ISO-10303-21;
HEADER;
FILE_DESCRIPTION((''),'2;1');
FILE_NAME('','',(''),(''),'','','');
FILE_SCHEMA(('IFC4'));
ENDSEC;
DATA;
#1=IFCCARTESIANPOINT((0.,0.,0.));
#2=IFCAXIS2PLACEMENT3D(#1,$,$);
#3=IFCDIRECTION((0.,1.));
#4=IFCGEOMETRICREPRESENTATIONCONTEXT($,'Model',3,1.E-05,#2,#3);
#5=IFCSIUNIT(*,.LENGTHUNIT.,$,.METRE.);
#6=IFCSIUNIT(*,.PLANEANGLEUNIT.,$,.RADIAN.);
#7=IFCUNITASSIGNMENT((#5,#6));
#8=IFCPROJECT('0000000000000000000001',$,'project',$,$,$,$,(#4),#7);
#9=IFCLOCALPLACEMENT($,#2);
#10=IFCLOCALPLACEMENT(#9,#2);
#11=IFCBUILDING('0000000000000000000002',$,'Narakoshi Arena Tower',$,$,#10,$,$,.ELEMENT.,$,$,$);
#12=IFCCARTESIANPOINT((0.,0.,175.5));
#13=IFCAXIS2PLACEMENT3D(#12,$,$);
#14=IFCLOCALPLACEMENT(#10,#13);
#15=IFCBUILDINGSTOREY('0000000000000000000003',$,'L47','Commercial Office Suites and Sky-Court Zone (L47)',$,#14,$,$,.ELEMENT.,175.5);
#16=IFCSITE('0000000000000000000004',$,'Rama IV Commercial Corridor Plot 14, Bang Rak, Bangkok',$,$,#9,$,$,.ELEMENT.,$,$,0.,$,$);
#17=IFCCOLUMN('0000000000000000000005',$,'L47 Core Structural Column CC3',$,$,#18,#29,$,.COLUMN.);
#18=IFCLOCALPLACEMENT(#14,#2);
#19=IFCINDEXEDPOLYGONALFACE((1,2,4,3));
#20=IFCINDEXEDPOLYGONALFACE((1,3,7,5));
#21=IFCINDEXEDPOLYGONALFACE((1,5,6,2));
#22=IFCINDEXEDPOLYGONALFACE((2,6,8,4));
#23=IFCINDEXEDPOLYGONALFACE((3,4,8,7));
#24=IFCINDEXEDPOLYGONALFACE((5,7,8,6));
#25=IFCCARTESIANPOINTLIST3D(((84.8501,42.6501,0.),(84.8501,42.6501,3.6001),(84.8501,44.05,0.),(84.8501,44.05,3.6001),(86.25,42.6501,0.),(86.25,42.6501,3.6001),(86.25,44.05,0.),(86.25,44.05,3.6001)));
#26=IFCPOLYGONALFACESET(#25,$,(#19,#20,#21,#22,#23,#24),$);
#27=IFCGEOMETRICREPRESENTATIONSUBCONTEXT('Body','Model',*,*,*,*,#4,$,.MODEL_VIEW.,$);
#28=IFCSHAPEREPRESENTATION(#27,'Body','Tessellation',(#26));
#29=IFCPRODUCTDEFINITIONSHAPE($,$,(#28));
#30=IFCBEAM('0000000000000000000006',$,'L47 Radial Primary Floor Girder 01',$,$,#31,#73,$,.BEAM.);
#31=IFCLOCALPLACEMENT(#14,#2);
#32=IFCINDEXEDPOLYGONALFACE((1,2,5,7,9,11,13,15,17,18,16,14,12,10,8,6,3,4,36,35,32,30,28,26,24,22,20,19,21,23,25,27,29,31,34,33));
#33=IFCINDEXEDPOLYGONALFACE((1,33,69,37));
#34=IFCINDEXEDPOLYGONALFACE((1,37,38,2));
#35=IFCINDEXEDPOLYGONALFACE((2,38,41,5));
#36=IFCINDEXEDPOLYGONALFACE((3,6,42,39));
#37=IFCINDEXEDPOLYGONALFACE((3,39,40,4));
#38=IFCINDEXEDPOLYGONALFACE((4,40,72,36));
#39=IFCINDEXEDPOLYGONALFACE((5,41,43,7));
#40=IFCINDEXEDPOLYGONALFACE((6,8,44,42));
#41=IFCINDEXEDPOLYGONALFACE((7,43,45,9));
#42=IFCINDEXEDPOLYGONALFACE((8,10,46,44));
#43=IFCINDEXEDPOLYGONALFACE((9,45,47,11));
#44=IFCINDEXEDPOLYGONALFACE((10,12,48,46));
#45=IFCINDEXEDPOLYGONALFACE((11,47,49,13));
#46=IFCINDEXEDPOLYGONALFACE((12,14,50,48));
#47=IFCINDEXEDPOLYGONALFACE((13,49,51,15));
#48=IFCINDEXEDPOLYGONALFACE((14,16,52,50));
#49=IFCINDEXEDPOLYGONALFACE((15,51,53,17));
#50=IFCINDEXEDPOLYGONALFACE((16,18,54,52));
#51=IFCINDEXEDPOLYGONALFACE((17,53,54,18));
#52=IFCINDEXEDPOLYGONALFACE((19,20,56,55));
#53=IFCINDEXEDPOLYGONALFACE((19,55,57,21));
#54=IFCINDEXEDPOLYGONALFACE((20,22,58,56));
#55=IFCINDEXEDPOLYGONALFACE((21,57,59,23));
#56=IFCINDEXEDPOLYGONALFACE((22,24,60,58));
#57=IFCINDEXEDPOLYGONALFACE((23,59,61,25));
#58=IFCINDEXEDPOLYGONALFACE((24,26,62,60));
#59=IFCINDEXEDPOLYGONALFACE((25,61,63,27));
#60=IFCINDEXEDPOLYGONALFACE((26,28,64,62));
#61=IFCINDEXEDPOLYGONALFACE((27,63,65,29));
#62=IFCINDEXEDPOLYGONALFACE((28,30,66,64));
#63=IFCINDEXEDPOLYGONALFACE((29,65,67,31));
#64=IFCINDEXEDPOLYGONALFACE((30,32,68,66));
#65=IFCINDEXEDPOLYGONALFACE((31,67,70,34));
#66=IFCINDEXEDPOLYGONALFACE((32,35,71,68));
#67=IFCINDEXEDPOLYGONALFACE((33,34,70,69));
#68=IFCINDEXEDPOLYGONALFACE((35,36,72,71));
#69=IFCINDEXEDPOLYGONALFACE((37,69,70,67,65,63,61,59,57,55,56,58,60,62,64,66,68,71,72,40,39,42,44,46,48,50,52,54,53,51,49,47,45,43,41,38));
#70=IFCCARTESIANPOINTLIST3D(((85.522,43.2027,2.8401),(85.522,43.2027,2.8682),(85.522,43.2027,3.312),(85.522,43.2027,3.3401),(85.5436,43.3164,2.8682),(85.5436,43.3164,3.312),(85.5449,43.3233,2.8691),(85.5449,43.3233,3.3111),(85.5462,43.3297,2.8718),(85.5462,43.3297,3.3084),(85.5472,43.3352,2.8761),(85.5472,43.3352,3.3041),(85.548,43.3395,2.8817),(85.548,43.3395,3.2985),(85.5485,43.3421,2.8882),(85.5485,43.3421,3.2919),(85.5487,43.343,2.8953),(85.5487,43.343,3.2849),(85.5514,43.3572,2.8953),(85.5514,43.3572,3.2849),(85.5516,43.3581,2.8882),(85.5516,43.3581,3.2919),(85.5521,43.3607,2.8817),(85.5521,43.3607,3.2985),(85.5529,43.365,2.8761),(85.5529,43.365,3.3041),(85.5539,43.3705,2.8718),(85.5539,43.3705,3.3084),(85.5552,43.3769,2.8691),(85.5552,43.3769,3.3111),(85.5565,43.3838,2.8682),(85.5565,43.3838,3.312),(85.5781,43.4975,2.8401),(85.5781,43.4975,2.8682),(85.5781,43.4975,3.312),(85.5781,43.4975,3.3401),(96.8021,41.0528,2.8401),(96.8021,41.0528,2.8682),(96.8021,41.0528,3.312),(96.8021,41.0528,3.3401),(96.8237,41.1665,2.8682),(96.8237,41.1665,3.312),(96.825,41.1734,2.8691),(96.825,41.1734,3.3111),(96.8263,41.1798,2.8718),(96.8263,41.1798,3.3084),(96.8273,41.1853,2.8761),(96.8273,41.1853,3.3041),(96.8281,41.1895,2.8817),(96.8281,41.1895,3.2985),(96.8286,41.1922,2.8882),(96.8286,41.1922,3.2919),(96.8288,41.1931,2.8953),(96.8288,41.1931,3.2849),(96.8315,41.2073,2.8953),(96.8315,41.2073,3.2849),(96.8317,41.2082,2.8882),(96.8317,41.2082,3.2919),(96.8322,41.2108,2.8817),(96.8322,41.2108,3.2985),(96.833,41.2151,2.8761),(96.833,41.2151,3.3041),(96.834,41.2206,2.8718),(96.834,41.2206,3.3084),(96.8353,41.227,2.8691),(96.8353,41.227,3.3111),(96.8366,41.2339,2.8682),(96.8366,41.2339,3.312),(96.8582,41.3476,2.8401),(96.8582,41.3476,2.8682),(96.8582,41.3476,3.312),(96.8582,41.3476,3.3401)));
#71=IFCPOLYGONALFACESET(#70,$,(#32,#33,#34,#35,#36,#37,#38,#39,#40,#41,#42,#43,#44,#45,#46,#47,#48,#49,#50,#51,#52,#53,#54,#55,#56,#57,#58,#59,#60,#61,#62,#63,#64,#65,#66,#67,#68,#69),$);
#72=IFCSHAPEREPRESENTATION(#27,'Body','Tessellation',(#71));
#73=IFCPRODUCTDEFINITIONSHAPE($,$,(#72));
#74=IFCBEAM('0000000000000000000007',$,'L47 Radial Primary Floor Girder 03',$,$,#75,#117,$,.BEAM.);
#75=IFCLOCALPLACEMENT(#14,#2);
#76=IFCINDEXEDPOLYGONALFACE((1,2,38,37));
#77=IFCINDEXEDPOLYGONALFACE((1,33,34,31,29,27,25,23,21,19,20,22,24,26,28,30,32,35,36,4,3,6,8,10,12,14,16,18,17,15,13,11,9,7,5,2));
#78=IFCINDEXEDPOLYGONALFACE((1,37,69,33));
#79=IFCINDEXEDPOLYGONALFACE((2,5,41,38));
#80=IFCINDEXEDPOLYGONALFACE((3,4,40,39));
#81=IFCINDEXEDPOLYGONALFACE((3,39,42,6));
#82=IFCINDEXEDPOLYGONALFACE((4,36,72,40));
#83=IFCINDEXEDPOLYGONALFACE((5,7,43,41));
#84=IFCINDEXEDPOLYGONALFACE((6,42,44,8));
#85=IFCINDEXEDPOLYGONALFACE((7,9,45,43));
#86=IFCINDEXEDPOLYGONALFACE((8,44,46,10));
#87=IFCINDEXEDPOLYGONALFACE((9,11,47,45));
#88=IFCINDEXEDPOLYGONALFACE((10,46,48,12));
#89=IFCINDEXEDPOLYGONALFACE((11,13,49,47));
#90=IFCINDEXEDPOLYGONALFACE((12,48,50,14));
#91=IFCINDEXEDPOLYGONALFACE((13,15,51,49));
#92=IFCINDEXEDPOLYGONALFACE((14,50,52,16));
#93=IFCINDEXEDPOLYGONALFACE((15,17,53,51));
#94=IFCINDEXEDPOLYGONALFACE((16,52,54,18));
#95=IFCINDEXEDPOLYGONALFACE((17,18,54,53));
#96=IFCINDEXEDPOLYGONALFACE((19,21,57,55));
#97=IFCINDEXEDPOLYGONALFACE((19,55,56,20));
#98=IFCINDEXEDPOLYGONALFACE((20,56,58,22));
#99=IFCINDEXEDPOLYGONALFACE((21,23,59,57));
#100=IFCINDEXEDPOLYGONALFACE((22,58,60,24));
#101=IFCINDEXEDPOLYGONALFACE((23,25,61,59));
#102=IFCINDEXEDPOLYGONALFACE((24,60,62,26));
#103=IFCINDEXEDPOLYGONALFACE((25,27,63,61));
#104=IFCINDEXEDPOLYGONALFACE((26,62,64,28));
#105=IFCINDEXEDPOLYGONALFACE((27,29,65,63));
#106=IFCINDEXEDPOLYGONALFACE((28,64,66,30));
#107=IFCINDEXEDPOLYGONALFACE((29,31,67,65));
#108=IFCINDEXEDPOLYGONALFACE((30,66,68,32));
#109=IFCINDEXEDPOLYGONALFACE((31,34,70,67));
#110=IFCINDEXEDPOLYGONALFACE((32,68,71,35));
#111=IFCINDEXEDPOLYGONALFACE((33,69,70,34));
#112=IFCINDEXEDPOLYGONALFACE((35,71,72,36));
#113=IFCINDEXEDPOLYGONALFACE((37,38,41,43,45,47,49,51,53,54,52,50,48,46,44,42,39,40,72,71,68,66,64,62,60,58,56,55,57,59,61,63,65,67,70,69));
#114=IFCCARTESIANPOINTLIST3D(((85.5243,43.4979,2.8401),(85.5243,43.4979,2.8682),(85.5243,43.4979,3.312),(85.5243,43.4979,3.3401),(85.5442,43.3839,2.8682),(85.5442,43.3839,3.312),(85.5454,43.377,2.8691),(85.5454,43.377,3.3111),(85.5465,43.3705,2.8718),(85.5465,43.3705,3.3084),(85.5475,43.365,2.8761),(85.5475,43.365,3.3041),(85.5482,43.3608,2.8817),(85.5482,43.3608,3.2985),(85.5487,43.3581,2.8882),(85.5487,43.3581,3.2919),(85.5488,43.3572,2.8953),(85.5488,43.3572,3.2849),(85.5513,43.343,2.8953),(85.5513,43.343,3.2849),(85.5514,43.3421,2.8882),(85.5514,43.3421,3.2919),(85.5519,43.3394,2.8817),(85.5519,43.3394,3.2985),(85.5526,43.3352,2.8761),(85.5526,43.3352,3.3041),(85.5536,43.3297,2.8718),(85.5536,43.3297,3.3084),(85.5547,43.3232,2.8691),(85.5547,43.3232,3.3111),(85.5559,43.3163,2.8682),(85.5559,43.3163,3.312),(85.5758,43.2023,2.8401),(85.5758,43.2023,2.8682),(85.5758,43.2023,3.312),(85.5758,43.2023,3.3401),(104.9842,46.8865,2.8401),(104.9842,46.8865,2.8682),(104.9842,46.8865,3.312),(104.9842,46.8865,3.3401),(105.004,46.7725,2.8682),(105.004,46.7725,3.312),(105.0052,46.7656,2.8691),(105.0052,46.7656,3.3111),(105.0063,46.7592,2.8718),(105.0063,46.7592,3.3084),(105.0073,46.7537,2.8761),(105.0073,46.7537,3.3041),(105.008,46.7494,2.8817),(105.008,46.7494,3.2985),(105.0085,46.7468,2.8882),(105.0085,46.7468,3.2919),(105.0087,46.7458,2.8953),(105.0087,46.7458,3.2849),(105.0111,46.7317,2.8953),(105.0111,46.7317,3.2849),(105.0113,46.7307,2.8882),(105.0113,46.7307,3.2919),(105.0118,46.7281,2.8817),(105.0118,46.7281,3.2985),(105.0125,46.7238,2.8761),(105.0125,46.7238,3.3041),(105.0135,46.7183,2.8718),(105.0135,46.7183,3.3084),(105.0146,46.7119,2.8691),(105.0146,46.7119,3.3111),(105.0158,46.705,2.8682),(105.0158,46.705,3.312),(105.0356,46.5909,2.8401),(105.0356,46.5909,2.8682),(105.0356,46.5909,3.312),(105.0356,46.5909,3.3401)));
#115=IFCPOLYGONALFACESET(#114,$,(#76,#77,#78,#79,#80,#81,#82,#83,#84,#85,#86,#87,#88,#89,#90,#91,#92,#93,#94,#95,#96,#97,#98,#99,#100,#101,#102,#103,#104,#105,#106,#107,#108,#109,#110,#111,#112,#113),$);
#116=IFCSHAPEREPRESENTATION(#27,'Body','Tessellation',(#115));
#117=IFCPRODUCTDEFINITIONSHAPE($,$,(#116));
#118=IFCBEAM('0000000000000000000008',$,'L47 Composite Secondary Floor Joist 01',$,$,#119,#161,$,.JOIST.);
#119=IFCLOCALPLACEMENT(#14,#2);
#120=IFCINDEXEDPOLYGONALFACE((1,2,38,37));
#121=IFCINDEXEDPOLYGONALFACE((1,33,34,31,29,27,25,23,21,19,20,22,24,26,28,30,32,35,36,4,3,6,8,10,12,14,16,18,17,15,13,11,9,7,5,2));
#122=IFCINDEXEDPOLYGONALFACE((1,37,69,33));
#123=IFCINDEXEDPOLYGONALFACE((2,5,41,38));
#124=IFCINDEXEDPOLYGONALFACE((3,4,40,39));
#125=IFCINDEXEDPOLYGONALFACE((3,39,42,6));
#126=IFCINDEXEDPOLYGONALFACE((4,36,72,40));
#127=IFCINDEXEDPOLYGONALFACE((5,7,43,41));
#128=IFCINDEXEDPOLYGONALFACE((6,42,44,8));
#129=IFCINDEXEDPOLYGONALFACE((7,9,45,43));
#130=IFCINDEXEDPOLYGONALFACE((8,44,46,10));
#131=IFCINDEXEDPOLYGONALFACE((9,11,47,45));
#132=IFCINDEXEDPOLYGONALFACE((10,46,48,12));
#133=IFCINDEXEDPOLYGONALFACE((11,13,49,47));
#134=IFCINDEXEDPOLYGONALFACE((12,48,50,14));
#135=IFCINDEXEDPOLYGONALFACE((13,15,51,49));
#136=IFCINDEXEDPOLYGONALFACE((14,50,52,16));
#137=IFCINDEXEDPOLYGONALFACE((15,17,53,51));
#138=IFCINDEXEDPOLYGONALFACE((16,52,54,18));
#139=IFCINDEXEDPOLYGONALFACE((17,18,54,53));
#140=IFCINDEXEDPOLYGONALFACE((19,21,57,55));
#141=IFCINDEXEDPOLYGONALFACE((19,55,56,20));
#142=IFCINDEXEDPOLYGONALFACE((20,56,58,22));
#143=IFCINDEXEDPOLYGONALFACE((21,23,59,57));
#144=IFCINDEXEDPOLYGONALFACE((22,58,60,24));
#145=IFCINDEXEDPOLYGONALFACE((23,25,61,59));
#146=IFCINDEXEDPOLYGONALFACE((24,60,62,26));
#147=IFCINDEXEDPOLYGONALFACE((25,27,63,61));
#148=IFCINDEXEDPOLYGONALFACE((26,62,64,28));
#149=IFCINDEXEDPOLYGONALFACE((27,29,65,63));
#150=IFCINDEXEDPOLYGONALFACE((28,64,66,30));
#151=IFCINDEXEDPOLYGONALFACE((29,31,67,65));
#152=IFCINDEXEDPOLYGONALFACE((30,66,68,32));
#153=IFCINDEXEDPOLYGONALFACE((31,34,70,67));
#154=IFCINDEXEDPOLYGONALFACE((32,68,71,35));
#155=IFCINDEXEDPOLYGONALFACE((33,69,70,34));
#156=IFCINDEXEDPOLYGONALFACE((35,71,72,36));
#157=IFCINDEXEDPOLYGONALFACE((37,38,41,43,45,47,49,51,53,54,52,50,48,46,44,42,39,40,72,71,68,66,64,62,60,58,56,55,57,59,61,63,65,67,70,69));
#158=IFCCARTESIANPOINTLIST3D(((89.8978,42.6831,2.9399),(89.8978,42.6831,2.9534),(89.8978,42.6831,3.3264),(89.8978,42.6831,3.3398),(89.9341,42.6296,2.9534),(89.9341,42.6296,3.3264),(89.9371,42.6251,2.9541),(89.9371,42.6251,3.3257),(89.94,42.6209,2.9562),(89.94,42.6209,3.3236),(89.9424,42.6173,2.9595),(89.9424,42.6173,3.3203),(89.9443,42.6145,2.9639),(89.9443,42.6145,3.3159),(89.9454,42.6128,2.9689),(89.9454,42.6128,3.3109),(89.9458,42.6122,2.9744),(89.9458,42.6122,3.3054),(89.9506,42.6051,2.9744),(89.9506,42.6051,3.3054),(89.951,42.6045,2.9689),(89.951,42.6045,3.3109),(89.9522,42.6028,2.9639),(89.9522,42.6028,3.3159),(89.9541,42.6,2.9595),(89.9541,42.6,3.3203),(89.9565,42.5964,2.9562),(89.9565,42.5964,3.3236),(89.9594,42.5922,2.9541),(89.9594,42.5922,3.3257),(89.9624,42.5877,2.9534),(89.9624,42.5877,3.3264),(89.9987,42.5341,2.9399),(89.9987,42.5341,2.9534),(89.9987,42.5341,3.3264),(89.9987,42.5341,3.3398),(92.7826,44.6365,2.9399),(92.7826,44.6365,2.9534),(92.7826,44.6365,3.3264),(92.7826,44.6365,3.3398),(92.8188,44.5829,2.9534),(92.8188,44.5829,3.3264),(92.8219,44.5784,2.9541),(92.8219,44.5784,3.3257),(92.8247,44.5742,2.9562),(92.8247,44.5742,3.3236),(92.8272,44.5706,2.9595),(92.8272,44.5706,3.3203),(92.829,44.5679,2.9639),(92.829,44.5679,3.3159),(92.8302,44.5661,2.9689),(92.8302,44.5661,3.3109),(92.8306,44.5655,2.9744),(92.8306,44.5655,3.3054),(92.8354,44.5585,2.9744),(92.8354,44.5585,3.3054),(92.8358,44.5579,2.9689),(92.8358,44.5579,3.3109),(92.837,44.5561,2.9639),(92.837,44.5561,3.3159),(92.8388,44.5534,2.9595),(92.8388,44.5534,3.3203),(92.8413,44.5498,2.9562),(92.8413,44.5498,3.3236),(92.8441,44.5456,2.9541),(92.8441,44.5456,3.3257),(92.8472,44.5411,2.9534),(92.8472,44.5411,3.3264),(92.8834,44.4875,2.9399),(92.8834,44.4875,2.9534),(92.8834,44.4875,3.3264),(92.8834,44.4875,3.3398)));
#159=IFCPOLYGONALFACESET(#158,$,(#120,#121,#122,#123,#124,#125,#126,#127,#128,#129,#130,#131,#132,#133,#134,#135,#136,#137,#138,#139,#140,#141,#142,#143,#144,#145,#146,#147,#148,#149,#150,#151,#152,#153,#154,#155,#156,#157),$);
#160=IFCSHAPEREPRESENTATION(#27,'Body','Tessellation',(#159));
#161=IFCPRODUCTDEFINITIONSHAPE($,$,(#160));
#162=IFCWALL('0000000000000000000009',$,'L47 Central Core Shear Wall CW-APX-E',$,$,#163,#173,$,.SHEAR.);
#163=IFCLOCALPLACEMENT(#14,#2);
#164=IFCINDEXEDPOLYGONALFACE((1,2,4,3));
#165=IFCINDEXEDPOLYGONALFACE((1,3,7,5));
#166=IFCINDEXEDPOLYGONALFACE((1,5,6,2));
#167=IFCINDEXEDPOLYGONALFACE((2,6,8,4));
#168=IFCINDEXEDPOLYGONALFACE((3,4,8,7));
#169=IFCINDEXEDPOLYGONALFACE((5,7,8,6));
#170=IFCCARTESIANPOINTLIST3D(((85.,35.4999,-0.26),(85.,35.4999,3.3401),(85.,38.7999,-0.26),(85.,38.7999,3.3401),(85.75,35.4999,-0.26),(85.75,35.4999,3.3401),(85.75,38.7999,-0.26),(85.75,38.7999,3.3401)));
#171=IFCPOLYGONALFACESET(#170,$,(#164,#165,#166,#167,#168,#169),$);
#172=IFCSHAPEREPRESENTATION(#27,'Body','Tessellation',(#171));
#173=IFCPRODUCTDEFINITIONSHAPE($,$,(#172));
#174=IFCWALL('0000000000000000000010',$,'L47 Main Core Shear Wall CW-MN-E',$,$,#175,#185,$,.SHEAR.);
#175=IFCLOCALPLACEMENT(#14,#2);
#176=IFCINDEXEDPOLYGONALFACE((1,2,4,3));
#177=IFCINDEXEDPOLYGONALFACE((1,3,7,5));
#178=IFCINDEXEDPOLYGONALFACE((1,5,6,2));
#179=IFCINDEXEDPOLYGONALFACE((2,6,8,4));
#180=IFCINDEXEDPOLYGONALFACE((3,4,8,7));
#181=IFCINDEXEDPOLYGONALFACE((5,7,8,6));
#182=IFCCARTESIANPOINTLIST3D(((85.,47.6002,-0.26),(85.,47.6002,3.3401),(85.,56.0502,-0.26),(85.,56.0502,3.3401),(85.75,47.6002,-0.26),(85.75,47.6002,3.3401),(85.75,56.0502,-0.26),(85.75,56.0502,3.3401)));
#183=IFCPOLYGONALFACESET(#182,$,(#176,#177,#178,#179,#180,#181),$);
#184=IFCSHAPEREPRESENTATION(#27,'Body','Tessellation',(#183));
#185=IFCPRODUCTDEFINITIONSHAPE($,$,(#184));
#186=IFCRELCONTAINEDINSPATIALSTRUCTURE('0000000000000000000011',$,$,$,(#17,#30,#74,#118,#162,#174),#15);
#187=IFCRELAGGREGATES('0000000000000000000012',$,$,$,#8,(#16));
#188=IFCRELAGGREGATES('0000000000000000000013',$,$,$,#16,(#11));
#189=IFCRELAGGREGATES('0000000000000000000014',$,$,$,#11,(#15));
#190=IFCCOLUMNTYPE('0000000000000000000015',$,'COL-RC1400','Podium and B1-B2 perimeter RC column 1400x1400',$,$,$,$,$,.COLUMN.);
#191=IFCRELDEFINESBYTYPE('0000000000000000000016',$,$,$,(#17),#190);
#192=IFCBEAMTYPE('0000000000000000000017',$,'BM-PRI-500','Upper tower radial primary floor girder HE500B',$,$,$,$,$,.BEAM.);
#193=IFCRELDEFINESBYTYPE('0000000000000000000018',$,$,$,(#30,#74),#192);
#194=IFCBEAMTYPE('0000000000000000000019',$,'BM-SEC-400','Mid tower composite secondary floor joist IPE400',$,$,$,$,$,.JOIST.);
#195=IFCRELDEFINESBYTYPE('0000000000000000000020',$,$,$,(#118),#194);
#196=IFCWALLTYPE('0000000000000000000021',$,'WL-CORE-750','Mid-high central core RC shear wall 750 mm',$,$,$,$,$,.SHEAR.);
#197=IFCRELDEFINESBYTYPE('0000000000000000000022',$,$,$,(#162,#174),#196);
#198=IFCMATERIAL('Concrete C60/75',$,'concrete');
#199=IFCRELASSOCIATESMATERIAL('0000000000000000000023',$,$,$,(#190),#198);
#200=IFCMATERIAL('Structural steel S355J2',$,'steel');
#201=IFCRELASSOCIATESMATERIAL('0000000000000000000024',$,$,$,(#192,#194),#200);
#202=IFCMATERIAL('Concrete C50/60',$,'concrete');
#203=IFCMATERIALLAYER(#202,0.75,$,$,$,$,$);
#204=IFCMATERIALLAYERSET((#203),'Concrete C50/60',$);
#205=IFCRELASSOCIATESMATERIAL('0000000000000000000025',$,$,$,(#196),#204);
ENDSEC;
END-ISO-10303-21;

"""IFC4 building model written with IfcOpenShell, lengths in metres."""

from ifc_helpers import new_model, si_unit, direction, frame, frame_2d, origin, origin_2d, place, context, subcontext, project, spatial, rectangle, i_section, extrude, material, layer, layer_set, material_profile, profile_set, type_object, element, save


model = new_model("IFC4")

# Units and contexts
model_context = context("Model", 3, precision=1e-05, world=origin(), true_north=direction((0.0, 1.0)))
body_context = subcontext(model_context, "Body", "Model", "MODEL_VIEW")
ifc_project = project(units=[si_unit("LENGTHUNIT", "METRE"), si_unit("PLANEANGLEUNIT", "RADIAN")], contexts=[model_context])

# Site, building, storey
site_placement = place(None, origin())
site = spatial("IfcSite", under=ifc_project, at=site_placement, Name="Rama IV Commercial Corridor Plot 14, Bang Rak, Bangkok", CompositionType="ELEMENT", RefElevation=0.0)
building_placement = place(site_placement, origin())
building = spatial("IfcBuilding", under=site, at=building_placement, Name="Narakoshi Arena Tower", CompositionType="ELEMENT")
storey_placement = place(building_placement, frame((0.0, 0.0, 175.5)))
storey = spatial("IfcBuildingStorey", under=building, at=storey_placement, Name="L47", Description="Commercial Office Suites and Sky-Court Zone (L47)", CompositionType="ELEMENT", Elevation=175.5)

# Column
ifc_material_1 = material(Name="Concrete C60/75", Category="concrete")
ifc_material_profile_1 = material_profile(ifc_material_1, rectangle(XDim=1.3999, YDim=1.3999, at=origin_2d()), Name="RC1400x1400")
ifc_profile_set_1 = profile_set([ifc_material_profile_1], Name="Concrete C60/75")
column_type = type_object("IfcColumnType", Name="COL-RC1400", Description="Podium and B1-B2 perimeter RC column 1400x1400", PredefinedType="COLUMN", material=ifc_profile_set_1)
column_placement = place(storey_placement, frame((85.55, 43.3501, 0.0), z_axis=(0.0, 0.0, 1.0), x_axis=(1.0, 0.0, 0.0)))
element("IfcColumn", 1, at=column_placement, inside=storey, type_object=column_type, Name="L47 Core Structural Column CC3", PredefinedType="COLUMN", context=body_context, shape_type="SweptSolid", body=[
    extrude(rectangle(XDim=1.3999, YDim=1.3999, at=origin_2d()), origin(), (0.0, 0.0, 1.0), 3.6001),
])

# Beams
ifc_material_2 = material(Name="Structural steel S355J2", Category="steel")
ifc_material_profile_2 = material_profile(ifc_material_2, i_section(OverallWidth=0.3, OverallDepth=0.5, WebThickness=0.0144, FlangeThickness=0.0281, FilletRadius=0.0271, at=origin_2d()), Name="HE500B")
ifc_profile_set_2 = profile_set([ifc_material_profile_2], Name="Structural steel S355J2")
beam_type_1 = type_object("IfcBeamType", Name="BM-PRI-500", Description="Upper tower radial primary floor girder HE500B", PredefinedType="BEAM", material=ifc_profile_set_2)
beam_1_placement = place(storey_placement, frame((85.55, 43.3501, 3.0901), z_axis=(0.982317, -0.187223, 0.0), x_axis=(0.187223, 0.982317, 0.0)))
element("IfcBeam", 2, at=beam_1_placement, inside=storey, type_object=beam_type_1, Name="L47 Radial Primary Floor Girder 01", PredefinedType="BEAM", context=body_context, shape_type="SweptSolid", body=[
    extrude(i_section(OverallWidth=0.3, OverallDepth=0.5, WebThickness=0.0144, FlangeThickness=0.0281, FilletRadius=0.0271, at=origin_2d()), origin(), (0.0, 0.0, 1.0), 11.4832),
])
beam_2_placement = place(storey_placement, frame((85.55, 43.3501, 3.0901), z_axis=(0.985175, 0.171554, 0.0), x_axis=(-0.171554, 0.985175, 0.0)))
element("IfcBeam", 3, at=beam_2_placement, inside=storey, type_object=beam_type_1, Name="L47 Radial Primary Floor Girder 03", PredefinedType="BEAM", context=body_context, shape_type="SweptSolid", body=[
    extrude(i_section(OverallWidth=0.3, OverallDepth=0.5, WebThickness=0.0144, FlangeThickness=0.0281, FilletRadius=0.0271, at=origin_2d()), origin(), (0.0, 0.0, 1.0), 19.7527),
])
ifc_material_profile_3 = material_profile(ifc_material_2, i_section(OverallWidth=0.1799, OverallDepth=0.3999, WebThickness=0.0085, FlangeThickness=0.0134, FilletRadius=0.021, at=origin_2d()), Name="IPE400")
ifc_profile_set_3 = profile_set([ifc_material_profile_3], Name="Structural steel S355J2")
beam_type_2 = type_object("IfcBeamType", Name="BM-SEC-400", Description="Mid tower composite secondary floor joist IPE400", PredefinedType="JOIST", material=ifc_profile_set_3)
beam_3_placement = place(storey_placement, frame((89.9482, 42.6086, 3.1399), z_axis=(0.828029, 0.560685, 0.0), x_axis=(-0.560685, 0.828029, 0.0)))
element("IfcBeam", 4, at=beam_3_placement, inside=storey, type_object=beam_type_2, Name="L47 Composite Secondary Floor Joist 01", PredefinedType="JOIST", context=body_context, shape_type="SweptSolid", body=[
    extrude(i_section(OverallWidth=0.1799, OverallDepth=0.3999, WebThickness=0.0085, FlangeThickness=0.0134, FilletRadius=0.021, at=origin_2d()), origin(), (0.0, 0.0, 1.0), 3.4839),
])

# Walls
ifc_material_3 = material(Name="Concrete C50/60", Category="concrete")
ifc_layer_1 = layer(ifc_material_3, 0.75)
ifc_layer_set_1 = layer_set([ifc_layer_1], Name="Concrete C50/60")
wall_type_1 = type_object("IfcWallType", Name="WL-CORE-750", Description="Mid-high central core RC shear wall 750 mm", PredefinedType="SHEAR", material=ifc_layer_set_1)
wall_1_placement = place(storey_placement, frame((85.375, 35.5, -0.26), z_axis=(0.0, 0.0, 1.0), x_axis=(0.0, 1.0, 0.0)))
element("IfcWall", 5, at=wall_1_placement, inside=storey, type_object=wall_type_1, Name="L47 Central Core Shear Wall CW-APX-E", PredefinedType="SHEAR", context=body_context, shape_type="SweptSolid", body=[
    extrude(rectangle(XDim=3.3, YDim=0.75, at=frame_2d((1.6499, 0.0))), origin(), (0.0, 0.0, 1.0), 3.6001),
])
wall_2_placement = place(storey_placement, frame((85.375, 47.6001, -0.26), z_axis=(0.0, 0.0, 1.0), x_axis=(0.0, 1.0, 0.0)))
element("IfcWall", 6, at=wall_2_placement, inside=storey, type_object=wall_type_1, Name="L47 Main Core Shear Wall CW-MN-E", PredefinedType="SHEAR", context=body_context, shape_type="SweptSolid", body=[
    extrude(rectangle(XDim=8.45, YDim=0.75, at=frame_2d((4.2251, 0.0))), origin(), (0.0, 0.0, 1.0), 3.6001),
])

save(model, "model.ifc")
